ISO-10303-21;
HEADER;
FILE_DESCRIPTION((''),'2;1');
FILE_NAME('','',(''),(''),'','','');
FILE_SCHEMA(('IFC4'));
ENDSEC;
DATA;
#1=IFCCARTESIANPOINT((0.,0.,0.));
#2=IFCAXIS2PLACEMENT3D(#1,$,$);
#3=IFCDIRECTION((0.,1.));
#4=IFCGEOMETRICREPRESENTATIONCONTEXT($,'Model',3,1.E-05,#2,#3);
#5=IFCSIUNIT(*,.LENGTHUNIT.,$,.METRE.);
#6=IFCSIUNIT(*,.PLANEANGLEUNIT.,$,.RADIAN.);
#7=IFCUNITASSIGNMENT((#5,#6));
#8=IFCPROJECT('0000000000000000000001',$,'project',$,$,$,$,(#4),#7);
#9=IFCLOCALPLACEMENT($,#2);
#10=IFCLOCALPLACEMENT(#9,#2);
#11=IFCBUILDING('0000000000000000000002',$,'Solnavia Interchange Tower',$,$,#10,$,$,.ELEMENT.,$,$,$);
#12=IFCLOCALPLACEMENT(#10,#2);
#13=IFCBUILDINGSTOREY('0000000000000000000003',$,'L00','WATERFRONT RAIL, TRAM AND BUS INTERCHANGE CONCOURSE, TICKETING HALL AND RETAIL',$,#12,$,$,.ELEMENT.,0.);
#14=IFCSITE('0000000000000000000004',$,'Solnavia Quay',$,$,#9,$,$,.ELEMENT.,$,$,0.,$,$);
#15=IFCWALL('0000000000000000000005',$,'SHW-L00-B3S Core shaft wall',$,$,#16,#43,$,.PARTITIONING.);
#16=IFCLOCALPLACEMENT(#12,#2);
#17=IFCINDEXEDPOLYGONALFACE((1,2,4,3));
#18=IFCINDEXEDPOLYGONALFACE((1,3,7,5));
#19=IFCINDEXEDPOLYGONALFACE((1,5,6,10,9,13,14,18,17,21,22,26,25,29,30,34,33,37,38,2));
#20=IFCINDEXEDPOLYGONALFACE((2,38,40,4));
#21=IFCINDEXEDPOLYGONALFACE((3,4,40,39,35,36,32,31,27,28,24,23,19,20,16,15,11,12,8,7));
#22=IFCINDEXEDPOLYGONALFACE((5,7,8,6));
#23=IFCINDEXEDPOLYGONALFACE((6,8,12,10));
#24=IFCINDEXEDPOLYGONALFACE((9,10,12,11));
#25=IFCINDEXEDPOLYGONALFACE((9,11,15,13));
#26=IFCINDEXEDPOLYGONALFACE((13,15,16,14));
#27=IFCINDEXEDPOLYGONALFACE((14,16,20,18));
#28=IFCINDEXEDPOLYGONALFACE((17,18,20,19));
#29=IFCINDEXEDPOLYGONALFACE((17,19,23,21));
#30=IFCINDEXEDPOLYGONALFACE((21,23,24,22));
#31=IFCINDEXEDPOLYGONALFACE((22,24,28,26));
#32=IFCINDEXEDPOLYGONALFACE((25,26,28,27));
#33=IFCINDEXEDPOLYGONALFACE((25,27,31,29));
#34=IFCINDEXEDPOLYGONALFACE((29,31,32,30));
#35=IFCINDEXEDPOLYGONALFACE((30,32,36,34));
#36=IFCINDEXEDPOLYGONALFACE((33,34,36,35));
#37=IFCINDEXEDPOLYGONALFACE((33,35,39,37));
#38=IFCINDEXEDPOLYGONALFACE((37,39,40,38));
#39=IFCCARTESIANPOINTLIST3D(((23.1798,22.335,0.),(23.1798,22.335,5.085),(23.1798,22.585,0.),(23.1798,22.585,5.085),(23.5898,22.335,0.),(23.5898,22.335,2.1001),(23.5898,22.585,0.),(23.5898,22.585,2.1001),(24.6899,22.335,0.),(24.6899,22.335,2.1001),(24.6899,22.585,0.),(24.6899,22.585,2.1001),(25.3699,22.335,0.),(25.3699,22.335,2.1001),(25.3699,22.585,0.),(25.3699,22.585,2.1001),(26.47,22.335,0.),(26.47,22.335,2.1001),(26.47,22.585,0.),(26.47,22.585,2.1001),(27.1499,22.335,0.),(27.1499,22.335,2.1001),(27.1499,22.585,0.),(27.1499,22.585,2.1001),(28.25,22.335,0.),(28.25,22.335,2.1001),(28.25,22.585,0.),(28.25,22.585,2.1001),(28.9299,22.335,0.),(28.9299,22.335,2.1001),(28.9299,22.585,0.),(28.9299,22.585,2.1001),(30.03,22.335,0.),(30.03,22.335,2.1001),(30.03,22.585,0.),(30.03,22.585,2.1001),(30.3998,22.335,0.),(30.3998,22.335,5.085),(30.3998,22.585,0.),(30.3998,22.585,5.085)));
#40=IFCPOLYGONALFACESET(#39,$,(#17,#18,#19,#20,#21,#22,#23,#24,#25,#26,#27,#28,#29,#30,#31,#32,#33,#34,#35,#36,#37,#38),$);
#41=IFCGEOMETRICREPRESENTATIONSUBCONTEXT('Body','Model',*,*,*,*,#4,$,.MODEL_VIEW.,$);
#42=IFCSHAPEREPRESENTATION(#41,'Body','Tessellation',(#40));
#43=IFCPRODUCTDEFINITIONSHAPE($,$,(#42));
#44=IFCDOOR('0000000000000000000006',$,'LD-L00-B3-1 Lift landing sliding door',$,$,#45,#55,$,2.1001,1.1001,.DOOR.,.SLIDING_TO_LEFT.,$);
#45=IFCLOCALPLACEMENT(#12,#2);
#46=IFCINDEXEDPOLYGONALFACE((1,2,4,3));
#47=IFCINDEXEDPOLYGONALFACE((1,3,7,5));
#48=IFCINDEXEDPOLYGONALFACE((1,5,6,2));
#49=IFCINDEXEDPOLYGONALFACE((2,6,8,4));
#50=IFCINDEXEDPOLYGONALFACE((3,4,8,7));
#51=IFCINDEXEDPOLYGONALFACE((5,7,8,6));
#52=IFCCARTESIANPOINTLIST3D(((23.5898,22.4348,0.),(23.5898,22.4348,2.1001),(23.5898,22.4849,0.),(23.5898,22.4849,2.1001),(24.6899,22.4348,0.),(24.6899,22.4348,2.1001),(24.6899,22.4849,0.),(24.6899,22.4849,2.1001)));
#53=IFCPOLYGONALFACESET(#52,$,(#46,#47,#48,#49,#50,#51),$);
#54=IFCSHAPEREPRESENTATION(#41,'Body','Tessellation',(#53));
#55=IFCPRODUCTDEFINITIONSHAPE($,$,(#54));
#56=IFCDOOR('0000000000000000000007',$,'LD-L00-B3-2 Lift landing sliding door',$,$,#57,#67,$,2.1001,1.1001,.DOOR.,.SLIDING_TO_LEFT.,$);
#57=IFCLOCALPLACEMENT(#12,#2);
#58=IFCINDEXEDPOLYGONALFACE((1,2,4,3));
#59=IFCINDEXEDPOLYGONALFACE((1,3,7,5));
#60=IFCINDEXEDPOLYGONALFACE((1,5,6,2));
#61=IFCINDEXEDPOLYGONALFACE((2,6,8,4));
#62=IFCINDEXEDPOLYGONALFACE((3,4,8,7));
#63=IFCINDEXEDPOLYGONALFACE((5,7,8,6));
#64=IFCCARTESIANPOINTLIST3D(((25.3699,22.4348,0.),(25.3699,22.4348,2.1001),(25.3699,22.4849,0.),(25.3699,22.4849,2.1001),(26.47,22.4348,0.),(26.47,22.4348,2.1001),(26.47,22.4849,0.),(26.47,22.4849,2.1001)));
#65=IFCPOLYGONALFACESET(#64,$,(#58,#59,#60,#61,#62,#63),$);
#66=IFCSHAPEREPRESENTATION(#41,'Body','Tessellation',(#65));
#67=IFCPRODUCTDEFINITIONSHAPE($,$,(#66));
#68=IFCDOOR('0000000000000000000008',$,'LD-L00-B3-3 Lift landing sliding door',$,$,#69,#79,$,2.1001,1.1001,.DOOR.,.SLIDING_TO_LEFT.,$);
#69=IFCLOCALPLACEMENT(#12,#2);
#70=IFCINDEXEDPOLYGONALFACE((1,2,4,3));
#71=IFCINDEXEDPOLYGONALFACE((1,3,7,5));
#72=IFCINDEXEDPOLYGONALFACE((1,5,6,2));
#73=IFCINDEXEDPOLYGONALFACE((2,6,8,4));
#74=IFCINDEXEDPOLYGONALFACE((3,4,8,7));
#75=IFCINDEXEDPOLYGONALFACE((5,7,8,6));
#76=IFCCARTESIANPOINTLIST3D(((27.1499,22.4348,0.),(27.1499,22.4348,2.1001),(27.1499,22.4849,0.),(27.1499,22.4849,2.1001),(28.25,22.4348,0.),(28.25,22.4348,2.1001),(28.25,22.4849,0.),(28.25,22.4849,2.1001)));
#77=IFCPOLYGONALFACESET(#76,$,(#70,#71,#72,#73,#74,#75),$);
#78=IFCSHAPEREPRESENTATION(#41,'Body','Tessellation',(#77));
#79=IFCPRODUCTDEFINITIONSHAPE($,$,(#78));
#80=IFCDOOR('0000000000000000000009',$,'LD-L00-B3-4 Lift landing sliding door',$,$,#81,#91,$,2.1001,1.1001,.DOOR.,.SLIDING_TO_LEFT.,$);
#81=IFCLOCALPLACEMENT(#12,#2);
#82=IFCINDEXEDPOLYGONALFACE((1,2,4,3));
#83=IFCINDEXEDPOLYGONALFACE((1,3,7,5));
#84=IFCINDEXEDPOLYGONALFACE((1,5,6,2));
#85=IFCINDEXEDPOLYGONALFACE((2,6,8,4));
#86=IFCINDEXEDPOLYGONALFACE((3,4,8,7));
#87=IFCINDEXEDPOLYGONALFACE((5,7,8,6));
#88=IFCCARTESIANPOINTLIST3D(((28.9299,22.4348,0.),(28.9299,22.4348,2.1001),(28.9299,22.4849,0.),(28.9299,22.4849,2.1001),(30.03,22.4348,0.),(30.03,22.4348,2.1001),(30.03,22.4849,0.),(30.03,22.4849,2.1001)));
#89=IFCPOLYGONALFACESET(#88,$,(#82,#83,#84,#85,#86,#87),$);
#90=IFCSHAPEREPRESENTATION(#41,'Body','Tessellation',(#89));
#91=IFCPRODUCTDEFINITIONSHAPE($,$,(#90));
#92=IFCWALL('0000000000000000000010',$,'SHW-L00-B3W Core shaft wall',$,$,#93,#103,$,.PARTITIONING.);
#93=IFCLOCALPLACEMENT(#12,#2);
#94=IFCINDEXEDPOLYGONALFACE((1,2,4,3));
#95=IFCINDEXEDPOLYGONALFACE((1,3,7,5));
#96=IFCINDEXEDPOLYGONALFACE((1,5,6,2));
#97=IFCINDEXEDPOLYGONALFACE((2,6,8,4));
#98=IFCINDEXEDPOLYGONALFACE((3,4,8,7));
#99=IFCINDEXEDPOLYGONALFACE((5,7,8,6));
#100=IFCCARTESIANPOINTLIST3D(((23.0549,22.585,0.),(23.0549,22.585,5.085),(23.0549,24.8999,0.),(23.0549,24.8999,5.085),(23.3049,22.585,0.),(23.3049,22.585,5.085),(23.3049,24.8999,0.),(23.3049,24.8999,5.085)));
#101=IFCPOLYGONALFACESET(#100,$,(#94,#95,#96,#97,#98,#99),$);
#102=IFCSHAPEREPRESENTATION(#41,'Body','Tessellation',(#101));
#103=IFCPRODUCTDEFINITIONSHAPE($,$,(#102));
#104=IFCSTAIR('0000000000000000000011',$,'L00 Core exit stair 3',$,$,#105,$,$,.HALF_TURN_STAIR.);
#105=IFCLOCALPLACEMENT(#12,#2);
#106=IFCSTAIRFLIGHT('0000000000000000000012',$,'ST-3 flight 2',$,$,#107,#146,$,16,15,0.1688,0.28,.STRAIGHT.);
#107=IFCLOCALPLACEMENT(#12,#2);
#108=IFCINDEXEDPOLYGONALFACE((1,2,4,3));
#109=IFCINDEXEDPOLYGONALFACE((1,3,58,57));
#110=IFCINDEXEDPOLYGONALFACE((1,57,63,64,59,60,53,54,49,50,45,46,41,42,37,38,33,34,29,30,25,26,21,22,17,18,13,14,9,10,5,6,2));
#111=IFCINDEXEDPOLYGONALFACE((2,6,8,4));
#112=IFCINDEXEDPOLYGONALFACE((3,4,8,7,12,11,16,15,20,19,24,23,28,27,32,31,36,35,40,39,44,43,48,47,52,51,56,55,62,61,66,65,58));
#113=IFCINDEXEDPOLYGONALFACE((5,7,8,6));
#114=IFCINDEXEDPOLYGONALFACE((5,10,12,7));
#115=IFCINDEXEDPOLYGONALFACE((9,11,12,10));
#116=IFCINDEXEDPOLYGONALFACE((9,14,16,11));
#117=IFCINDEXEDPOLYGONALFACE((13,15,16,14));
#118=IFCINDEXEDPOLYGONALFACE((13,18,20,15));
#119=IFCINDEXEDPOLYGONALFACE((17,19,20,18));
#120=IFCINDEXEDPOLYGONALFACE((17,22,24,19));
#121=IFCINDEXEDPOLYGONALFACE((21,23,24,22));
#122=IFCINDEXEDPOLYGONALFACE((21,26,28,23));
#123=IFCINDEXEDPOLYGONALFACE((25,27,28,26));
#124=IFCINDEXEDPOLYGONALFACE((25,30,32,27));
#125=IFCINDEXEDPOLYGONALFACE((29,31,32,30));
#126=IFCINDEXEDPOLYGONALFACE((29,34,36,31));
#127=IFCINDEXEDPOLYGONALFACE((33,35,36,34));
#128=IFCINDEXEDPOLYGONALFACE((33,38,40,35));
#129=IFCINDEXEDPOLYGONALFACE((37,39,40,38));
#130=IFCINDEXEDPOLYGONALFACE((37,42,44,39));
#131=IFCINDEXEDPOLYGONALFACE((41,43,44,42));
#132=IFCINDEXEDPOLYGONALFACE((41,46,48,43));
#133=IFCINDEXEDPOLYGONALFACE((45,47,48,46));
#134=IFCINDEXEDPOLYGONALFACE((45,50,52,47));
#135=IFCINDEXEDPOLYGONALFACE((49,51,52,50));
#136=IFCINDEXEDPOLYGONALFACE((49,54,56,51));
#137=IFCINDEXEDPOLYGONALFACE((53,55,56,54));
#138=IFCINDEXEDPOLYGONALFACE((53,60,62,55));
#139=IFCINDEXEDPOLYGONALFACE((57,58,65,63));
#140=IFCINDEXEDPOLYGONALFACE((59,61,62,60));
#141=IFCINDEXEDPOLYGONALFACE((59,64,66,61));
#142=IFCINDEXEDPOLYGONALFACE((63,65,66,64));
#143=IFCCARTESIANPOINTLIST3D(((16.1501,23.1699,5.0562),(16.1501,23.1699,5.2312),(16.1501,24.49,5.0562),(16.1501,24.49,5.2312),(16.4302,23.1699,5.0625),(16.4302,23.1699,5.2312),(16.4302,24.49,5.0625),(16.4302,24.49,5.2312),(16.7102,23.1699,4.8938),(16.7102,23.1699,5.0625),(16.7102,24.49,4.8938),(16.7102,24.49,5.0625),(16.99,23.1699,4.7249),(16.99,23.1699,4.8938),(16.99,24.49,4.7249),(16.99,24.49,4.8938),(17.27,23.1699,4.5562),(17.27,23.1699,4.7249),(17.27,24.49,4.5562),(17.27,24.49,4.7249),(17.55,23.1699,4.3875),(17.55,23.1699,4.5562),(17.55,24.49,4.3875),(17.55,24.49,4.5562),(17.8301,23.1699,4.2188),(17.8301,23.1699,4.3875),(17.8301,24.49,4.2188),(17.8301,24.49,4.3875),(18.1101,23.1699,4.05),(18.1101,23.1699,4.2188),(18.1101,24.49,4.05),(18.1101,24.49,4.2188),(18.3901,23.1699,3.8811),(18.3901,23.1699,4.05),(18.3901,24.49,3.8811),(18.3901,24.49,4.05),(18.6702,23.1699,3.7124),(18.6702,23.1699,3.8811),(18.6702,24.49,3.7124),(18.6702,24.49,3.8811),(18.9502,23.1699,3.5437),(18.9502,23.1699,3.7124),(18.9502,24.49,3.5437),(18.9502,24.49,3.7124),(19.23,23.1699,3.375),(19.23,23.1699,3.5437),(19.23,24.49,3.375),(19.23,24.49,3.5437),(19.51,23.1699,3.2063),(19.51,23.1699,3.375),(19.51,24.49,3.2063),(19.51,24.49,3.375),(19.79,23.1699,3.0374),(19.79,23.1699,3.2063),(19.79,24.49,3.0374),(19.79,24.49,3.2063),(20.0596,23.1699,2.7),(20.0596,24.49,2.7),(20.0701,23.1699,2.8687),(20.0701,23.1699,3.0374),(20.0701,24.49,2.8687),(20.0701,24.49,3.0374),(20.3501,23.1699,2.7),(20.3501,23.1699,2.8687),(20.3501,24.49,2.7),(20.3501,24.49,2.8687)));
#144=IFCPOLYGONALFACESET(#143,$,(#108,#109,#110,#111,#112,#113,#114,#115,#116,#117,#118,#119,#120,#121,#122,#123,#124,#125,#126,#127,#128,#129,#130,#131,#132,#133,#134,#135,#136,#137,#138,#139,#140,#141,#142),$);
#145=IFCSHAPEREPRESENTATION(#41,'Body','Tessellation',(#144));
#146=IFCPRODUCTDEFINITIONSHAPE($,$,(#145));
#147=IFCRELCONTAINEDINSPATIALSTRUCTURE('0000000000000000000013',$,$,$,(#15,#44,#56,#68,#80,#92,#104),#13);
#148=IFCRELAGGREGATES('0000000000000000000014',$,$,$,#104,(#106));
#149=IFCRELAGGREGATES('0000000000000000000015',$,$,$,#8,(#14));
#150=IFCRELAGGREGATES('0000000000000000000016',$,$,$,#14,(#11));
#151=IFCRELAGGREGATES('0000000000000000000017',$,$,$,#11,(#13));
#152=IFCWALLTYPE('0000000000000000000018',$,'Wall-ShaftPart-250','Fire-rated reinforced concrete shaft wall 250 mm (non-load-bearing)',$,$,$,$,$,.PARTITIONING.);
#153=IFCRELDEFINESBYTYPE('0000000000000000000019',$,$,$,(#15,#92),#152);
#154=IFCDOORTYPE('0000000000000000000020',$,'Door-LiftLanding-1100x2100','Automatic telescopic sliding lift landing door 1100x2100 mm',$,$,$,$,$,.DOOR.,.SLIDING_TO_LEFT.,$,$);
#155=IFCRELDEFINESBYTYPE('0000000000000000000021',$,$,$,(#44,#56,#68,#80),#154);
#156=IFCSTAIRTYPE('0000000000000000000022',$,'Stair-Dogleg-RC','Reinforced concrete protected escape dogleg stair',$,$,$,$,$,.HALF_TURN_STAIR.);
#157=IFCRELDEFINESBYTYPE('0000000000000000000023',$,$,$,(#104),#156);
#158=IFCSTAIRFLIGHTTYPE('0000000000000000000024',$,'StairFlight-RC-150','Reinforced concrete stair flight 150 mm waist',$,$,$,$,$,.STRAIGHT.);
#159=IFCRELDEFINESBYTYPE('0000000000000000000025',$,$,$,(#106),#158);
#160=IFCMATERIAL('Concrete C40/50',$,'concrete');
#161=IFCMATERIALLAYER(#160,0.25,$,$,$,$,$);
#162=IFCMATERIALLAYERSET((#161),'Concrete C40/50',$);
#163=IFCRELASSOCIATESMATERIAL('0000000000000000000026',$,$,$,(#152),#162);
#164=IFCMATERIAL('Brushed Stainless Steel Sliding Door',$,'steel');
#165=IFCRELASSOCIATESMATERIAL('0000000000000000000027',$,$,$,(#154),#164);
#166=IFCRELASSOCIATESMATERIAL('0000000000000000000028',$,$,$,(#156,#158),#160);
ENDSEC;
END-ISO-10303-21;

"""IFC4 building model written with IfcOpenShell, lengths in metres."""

from ifc_helpers import new_model, si_unit, direction, frame, frame_2d, origin, place, context, subcontext, project, spatial, polyline, rectangle, outline, extrude, material, layer, layer_set, type_object, element, fill, aggregate, save


model = new_model("IFC4")

# Units and contexts
model_context = context("Model", 3, precision=1e-05, world=origin(), true_north=direction((0.0, 1.0)))
body_context = subcontext(model_context, "Body", "Model", "MODEL_VIEW")
ifc_project = project(units=[si_unit("LENGTHUNIT", "METRE"), si_unit("PLANEANGLEUNIT", "RADIAN")], contexts=[model_context])

# Site, building, storey
site_placement = place(None, origin())
site = spatial("IfcSite", under=ifc_project, at=site_placement, Name="Solnavia Quay", CompositionType="ELEMENT", RefElevation=0.0)
building_placement = place(site_placement, origin())
building = spatial("IfcBuilding", under=site, at=building_placement, Name="Solnavia Interchange Tower", CompositionType="ELEMENT")
storey_placement = place(building_placement, origin())
storey = spatial("IfcBuildingStorey", under=building, at=storey_placement, Name="L00", Description="WATERFRONT RAIL, TRAM AND BUS INTERCHANGE CONCOURSE, TICKETING HALL AND RETAIL", CompositionType="ELEMENT", Elevation=0.0)

# Shared definitions
ifc_material_1 = material(Name="Concrete C40/50", Category="concrete")

# Wall, openings, doors
ifc_layer_1 = layer(ifc_material_1, 0.25)
ifc_layer_set_1 = layer_set([ifc_layer_1], Name="Concrete C40/50")
wall_type_1 = type_object("IfcWallType", Name="Wall-ShaftPart-250", Description="Fire-rated reinforced concrete shaft wall 250 mm (non-load-bearing)", PredefinedType="PARTITIONING", material=ifc_layer_set_1)
ifc_material_2 = material(Name="Brushed Stainless Steel Sliding Door", Category="steel")
door_type = type_object("IfcDoorType", Name="Door-LiftLanding-1100x2100", Description="Automatic telescopic sliding lift landing door 1100x2100 mm", OperationType="SLIDING_TO_LEFT", PredefinedType="DOOR", material=ifc_material_2)
wall_1_placement = place(storey_placement, frame((23.1799, 22.46, 0.0), z_axis=(0.0, 0.0, 1.0), x_axis=(1.0, 0.0, 0.0)))
wall_1 = element("IfcWall", 1, at=wall_1_placement, inside=storey, type_object=wall_type_1, Name="SHW-L00-B3S Core shaft wall", PredefinedType="PARTITIONING", context=body_context, shape_type="SweptSolid", body=[
    extrude(rectangle(XDim=7.22, YDim=0.25, at=frame_2d((3.6099, 0.0))), origin(), (0.0, 0.0, 1.0), 5.085),
])
opening_1_placement = place(wall_1_placement, frame((0.4099, 0.0, 0.0)))
opening_1 = element("IfcOpeningElement", 2, at=opening_1_placement, cuts=wall_1, PredefinedType="OPENING", context=body_context, shape_type="SweptSolid", body=[
    extrude(rectangle(XDim=1.1001, YDim=2.1001, at=frame_2d((0.55, 1.05))), frame((0.0, 0.135, 0.0), z_axis=(0.0, -1.0, 0.0), x_axis=(1.0, 0.0, 0.0)), (0.0, 0.0, 1.0), 0.27),
])
opening_2_placement = place(wall_1_placement, frame((2.1899, 0.0, 0.0)))
opening_2 = element("IfcOpeningElement", 3, at=opening_2_placement, cuts=wall_1, PredefinedType="OPENING", context=body_context, shape_type="SweptSolid", body=[
    extrude(rectangle(XDim=1.1001, YDim=2.1001, at=frame_2d((0.55, 1.05))), frame((0.0, 0.135, 0.0), z_axis=(0.0, -1.0, 0.0), x_axis=(1.0, 0.0, 0.0)), (0.0, 0.0, 1.0), 0.27),
])
opening_3_placement = place(wall_1_placement, frame((3.97, 0.0, 0.0)))
opening_3 = element("IfcOpeningElement", 4, at=opening_3_placement, cuts=wall_1, PredefinedType="OPENING", context=body_context, shape_type="SweptSolid", body=[
    extrude(rectangle(XDim=1.1001, YDim=2.1001, at=frame_2d((0.55, 1.05))), frame((0.0, 0.135, 0.0), z_axis=(0.0, -1.0, 0.0), x_axis=(1.0, 0.0, 0.0)), (0.0, 0.0, 1.0), 0.27),
])
opening_4_placement = place(wall_1_placement, frame((5.75, 0.0, 0.0)))
opening_4 = element("IfcOpeningElement", 5, at=opening_4_placement, cuts=wall_1, PredefinedType="OPENING", context=body_context, shape_type="SweptSolid", body=[
    extrude(rectangle(XDim=1.1001, YDim=2.1001, at=frame_2d((0.55, 1.05))), frame((0.0, 0.135, 0.0), z_axis=(0.0, -1.0, 0.0), x_axis=(1.0, 0.0, 0.0)), (0.0, 0.0, 1.0), 0.27),
])
door_1_placement = place(opening_1_placement, origin())
door_1 = element("IfcDoor", 6, at=door_1_placement, inside=storey, type_object=door_type, Name="LD-L00-B3-1 Lift landing sliding door", OperationType="SLIDING_TO_LEFT", OverallHeight=2.1001, OverallWidth=1.1001, PredefinedType="DOOR", context=body_context, shape_type="SweptSolid", body=[
    extrude(rectangle(XDim=1.1001, YDim=2.1001, at=frame_2d((0.55, 1.05))), frame((0.0, 0.0249, 0.0), z_axis=(0.0, -1.0, 0.0), x_axis=(1.0, 0.0, 0.0)), (0.0, 0.0, 1.0), 0.05),
])
fill(opening_1, door_1)
door_2_placement = place(opening_2_placement, origin())
door_2 = element("IfcDoor", 7, at=door_2_placement, inside=storey, type_object=door_type, Name="LD-L00-B3-2 Lift landing sliding door", OperationType="SLIDING_TO_LEFT", OverallHeight=2.1001, OverallWidth=1.1001, PredefinedType="DOOR", context=body_context, shape_type="SweptSolid", body=[
    extrude(rectangle(XDim=1.1001, YDim=2.1001, at=frame_2d((0.55, 1.05))), frame((0.0, 0.0249, 0.0), z_axis=(0.0, -1.0, 0.0), x_axis=(1.0, 0.0, 0.0)), (0.0, 0.0, 1.0), 0.05),
])
fill(opening_2, door_2)
door_3_placement = place(opening_3_placement, origin())
door_3 = element("IfcDoor", 8, at=door_3_placement, inside=storey, type_object=door_type, Name="LD-L00-B3-3 Lift landing sliding door", OperationType="SLIDING_TO_LEFT", OverallHeight=2.1001, OverallWidth=1.1001, PredefinedType="DOOR", context=body_context, shape_type="SweptSolid", body=[
    extrude(rectangle(XDim=1.1001, YDim=2.1001, at=frame_2d((0.55, 1.05))), frame((0.0, 0.0249, 0.0), z_axis=(0.0, -1.0, 0.0), x_axis=(1.0, 0.0, 0.0)), (0.0, 0.0, 1.0), 0.05),
])
fill(opening_3, door_3)
door_4_placement = place(opening_4_placement, origin())
door_4 = element("IfcDoor", 9, at=door_4_placement, inside=storey, type_object=door_type, Name="LD-L00-B3-4 Lift landing sliding door", OperationType="SLIDING_TO_LEFT", OverallHeight=2.1001, OverallWidth=1.1001, PredefinedType="DOOR", context=body_context, shape_type="SweptSolid", body=[
    extrude(rectangle(XDim=1.1001, YDim=2.1001, at=frame_2d((0.55, 1.05))), frame((0.0, 0.0249, 0.0), z_axis=(0.0, -1.0, 0.0), x_axis=(1.0, 0.0, 0.0)), (0.0, 0.0, 1.0), 0.05),
])
fill(opening_4, door_4)

# Wall
wall_2_placement = place(storey_placement, frame((23.1799, 22.585, 0.0), z_axis=(0.0, 0.0, 1.0), x_axis=(0.0, 1.0, 0.0)))
element("IfcWall", 10, at=wall_2_placement, inside=storey, type_object=wall_type_1, Name="SHW-L00-B3W Core shaft wall", PredefinedType="PARTITIONING", context=body_context, shape_type="SweptSolid", body=[
    extrude(rectangle(XDim=2.3149, YDim=0.25, at=frame_2d((1.1575, 0.0))), origin(), (0.0, 0.0, 1.0), 5.085),
])

# Stair, stair flight
stair_type = type_object("IfcStairType", Name="Stair-Dogleg-RC", Description="Reinforced concrete protected escape dogleg stair", PredefinedType="HALF_TURN_STAIR", material=ifc_material_1)
stair_placement = place(storey_placement, origin())
stair = element("IfcStair", 11, at=stair_placement, inside=storey, type_object=stair_type, Name="L00 Core exit stair 3", PredefinedType="HALF_TURN_STAIR")
stair_flight_type = type_object("IfcStairFlightType", Name="StairFlight-RC-150", Description="Reinforced concrete stair flight 150 mm waist", PredefinedType="STRAIGHT", material=ifc_material_1)
stair_flight_placement = place(storey_placement, frame((20.3501, 23.8301, 2.7), z_axis=(0.0, 0.0, 1.0), x_axis=(-1.0, 0.0, 0.0)))
stair_flight = element("IfcStairFlight", 12, at=stair_flight_placement, type_object=stair_flight_type, Name="ST-3 flight 2", NumberOfRisers=16, NumberOfTreads=15, PredefinedType="STRAIGHT", RiserHeight=0.1688, TreadLength=0.28, context=body_context, shape_type="SweptSolid", body=[
    extrude(outline(polyline([(0.0, 0.0), (0.0, 0.1687), (0.28, 0.1687), (0.28, 0.3374), (0.5601, 0.3374), (0.5601, 0.5063), (0.8401, 0.5063), (0.8401, 0.675), (1.1201, 0.675), (1.1201, 0.8438), (1.3999, 0.8438), (1.3999, 1.0125), (1.6799, 1.0125), (1.6799, 1.1812), (1.96, 1.1812), (1.96, 1.3501), (2.24, 1.3501), (2.24, 1.5188), (2.52, 1.5188), (2.52, 1.6875), (2.8, 1.6875), (2.8, 1.8562), (3.0801, 1.8562), (3.0801, 2.0249), (3.3601, 2.0249), (3.3601, 2.1938), (3.6399, 2.1938), (3.6399, 2.3625), (3.9199, 2.3625), (3.9199, 2.5312), (4.2, 2.5312), (4.2, 2.7), (4.2, 2.3562), (0.2905, 0.0), (0.0, 0.0)])), frame((0.0, 0.6602, 0.0), z_axis=(0.0, -1.0, 0.0), x_axis=(1.0, 0.0, 0.0)), (0.0, 0.0, 1.0), 1.3201),
])
aggregate(stair, [stair_flight])

save(model, "model.ifc")
